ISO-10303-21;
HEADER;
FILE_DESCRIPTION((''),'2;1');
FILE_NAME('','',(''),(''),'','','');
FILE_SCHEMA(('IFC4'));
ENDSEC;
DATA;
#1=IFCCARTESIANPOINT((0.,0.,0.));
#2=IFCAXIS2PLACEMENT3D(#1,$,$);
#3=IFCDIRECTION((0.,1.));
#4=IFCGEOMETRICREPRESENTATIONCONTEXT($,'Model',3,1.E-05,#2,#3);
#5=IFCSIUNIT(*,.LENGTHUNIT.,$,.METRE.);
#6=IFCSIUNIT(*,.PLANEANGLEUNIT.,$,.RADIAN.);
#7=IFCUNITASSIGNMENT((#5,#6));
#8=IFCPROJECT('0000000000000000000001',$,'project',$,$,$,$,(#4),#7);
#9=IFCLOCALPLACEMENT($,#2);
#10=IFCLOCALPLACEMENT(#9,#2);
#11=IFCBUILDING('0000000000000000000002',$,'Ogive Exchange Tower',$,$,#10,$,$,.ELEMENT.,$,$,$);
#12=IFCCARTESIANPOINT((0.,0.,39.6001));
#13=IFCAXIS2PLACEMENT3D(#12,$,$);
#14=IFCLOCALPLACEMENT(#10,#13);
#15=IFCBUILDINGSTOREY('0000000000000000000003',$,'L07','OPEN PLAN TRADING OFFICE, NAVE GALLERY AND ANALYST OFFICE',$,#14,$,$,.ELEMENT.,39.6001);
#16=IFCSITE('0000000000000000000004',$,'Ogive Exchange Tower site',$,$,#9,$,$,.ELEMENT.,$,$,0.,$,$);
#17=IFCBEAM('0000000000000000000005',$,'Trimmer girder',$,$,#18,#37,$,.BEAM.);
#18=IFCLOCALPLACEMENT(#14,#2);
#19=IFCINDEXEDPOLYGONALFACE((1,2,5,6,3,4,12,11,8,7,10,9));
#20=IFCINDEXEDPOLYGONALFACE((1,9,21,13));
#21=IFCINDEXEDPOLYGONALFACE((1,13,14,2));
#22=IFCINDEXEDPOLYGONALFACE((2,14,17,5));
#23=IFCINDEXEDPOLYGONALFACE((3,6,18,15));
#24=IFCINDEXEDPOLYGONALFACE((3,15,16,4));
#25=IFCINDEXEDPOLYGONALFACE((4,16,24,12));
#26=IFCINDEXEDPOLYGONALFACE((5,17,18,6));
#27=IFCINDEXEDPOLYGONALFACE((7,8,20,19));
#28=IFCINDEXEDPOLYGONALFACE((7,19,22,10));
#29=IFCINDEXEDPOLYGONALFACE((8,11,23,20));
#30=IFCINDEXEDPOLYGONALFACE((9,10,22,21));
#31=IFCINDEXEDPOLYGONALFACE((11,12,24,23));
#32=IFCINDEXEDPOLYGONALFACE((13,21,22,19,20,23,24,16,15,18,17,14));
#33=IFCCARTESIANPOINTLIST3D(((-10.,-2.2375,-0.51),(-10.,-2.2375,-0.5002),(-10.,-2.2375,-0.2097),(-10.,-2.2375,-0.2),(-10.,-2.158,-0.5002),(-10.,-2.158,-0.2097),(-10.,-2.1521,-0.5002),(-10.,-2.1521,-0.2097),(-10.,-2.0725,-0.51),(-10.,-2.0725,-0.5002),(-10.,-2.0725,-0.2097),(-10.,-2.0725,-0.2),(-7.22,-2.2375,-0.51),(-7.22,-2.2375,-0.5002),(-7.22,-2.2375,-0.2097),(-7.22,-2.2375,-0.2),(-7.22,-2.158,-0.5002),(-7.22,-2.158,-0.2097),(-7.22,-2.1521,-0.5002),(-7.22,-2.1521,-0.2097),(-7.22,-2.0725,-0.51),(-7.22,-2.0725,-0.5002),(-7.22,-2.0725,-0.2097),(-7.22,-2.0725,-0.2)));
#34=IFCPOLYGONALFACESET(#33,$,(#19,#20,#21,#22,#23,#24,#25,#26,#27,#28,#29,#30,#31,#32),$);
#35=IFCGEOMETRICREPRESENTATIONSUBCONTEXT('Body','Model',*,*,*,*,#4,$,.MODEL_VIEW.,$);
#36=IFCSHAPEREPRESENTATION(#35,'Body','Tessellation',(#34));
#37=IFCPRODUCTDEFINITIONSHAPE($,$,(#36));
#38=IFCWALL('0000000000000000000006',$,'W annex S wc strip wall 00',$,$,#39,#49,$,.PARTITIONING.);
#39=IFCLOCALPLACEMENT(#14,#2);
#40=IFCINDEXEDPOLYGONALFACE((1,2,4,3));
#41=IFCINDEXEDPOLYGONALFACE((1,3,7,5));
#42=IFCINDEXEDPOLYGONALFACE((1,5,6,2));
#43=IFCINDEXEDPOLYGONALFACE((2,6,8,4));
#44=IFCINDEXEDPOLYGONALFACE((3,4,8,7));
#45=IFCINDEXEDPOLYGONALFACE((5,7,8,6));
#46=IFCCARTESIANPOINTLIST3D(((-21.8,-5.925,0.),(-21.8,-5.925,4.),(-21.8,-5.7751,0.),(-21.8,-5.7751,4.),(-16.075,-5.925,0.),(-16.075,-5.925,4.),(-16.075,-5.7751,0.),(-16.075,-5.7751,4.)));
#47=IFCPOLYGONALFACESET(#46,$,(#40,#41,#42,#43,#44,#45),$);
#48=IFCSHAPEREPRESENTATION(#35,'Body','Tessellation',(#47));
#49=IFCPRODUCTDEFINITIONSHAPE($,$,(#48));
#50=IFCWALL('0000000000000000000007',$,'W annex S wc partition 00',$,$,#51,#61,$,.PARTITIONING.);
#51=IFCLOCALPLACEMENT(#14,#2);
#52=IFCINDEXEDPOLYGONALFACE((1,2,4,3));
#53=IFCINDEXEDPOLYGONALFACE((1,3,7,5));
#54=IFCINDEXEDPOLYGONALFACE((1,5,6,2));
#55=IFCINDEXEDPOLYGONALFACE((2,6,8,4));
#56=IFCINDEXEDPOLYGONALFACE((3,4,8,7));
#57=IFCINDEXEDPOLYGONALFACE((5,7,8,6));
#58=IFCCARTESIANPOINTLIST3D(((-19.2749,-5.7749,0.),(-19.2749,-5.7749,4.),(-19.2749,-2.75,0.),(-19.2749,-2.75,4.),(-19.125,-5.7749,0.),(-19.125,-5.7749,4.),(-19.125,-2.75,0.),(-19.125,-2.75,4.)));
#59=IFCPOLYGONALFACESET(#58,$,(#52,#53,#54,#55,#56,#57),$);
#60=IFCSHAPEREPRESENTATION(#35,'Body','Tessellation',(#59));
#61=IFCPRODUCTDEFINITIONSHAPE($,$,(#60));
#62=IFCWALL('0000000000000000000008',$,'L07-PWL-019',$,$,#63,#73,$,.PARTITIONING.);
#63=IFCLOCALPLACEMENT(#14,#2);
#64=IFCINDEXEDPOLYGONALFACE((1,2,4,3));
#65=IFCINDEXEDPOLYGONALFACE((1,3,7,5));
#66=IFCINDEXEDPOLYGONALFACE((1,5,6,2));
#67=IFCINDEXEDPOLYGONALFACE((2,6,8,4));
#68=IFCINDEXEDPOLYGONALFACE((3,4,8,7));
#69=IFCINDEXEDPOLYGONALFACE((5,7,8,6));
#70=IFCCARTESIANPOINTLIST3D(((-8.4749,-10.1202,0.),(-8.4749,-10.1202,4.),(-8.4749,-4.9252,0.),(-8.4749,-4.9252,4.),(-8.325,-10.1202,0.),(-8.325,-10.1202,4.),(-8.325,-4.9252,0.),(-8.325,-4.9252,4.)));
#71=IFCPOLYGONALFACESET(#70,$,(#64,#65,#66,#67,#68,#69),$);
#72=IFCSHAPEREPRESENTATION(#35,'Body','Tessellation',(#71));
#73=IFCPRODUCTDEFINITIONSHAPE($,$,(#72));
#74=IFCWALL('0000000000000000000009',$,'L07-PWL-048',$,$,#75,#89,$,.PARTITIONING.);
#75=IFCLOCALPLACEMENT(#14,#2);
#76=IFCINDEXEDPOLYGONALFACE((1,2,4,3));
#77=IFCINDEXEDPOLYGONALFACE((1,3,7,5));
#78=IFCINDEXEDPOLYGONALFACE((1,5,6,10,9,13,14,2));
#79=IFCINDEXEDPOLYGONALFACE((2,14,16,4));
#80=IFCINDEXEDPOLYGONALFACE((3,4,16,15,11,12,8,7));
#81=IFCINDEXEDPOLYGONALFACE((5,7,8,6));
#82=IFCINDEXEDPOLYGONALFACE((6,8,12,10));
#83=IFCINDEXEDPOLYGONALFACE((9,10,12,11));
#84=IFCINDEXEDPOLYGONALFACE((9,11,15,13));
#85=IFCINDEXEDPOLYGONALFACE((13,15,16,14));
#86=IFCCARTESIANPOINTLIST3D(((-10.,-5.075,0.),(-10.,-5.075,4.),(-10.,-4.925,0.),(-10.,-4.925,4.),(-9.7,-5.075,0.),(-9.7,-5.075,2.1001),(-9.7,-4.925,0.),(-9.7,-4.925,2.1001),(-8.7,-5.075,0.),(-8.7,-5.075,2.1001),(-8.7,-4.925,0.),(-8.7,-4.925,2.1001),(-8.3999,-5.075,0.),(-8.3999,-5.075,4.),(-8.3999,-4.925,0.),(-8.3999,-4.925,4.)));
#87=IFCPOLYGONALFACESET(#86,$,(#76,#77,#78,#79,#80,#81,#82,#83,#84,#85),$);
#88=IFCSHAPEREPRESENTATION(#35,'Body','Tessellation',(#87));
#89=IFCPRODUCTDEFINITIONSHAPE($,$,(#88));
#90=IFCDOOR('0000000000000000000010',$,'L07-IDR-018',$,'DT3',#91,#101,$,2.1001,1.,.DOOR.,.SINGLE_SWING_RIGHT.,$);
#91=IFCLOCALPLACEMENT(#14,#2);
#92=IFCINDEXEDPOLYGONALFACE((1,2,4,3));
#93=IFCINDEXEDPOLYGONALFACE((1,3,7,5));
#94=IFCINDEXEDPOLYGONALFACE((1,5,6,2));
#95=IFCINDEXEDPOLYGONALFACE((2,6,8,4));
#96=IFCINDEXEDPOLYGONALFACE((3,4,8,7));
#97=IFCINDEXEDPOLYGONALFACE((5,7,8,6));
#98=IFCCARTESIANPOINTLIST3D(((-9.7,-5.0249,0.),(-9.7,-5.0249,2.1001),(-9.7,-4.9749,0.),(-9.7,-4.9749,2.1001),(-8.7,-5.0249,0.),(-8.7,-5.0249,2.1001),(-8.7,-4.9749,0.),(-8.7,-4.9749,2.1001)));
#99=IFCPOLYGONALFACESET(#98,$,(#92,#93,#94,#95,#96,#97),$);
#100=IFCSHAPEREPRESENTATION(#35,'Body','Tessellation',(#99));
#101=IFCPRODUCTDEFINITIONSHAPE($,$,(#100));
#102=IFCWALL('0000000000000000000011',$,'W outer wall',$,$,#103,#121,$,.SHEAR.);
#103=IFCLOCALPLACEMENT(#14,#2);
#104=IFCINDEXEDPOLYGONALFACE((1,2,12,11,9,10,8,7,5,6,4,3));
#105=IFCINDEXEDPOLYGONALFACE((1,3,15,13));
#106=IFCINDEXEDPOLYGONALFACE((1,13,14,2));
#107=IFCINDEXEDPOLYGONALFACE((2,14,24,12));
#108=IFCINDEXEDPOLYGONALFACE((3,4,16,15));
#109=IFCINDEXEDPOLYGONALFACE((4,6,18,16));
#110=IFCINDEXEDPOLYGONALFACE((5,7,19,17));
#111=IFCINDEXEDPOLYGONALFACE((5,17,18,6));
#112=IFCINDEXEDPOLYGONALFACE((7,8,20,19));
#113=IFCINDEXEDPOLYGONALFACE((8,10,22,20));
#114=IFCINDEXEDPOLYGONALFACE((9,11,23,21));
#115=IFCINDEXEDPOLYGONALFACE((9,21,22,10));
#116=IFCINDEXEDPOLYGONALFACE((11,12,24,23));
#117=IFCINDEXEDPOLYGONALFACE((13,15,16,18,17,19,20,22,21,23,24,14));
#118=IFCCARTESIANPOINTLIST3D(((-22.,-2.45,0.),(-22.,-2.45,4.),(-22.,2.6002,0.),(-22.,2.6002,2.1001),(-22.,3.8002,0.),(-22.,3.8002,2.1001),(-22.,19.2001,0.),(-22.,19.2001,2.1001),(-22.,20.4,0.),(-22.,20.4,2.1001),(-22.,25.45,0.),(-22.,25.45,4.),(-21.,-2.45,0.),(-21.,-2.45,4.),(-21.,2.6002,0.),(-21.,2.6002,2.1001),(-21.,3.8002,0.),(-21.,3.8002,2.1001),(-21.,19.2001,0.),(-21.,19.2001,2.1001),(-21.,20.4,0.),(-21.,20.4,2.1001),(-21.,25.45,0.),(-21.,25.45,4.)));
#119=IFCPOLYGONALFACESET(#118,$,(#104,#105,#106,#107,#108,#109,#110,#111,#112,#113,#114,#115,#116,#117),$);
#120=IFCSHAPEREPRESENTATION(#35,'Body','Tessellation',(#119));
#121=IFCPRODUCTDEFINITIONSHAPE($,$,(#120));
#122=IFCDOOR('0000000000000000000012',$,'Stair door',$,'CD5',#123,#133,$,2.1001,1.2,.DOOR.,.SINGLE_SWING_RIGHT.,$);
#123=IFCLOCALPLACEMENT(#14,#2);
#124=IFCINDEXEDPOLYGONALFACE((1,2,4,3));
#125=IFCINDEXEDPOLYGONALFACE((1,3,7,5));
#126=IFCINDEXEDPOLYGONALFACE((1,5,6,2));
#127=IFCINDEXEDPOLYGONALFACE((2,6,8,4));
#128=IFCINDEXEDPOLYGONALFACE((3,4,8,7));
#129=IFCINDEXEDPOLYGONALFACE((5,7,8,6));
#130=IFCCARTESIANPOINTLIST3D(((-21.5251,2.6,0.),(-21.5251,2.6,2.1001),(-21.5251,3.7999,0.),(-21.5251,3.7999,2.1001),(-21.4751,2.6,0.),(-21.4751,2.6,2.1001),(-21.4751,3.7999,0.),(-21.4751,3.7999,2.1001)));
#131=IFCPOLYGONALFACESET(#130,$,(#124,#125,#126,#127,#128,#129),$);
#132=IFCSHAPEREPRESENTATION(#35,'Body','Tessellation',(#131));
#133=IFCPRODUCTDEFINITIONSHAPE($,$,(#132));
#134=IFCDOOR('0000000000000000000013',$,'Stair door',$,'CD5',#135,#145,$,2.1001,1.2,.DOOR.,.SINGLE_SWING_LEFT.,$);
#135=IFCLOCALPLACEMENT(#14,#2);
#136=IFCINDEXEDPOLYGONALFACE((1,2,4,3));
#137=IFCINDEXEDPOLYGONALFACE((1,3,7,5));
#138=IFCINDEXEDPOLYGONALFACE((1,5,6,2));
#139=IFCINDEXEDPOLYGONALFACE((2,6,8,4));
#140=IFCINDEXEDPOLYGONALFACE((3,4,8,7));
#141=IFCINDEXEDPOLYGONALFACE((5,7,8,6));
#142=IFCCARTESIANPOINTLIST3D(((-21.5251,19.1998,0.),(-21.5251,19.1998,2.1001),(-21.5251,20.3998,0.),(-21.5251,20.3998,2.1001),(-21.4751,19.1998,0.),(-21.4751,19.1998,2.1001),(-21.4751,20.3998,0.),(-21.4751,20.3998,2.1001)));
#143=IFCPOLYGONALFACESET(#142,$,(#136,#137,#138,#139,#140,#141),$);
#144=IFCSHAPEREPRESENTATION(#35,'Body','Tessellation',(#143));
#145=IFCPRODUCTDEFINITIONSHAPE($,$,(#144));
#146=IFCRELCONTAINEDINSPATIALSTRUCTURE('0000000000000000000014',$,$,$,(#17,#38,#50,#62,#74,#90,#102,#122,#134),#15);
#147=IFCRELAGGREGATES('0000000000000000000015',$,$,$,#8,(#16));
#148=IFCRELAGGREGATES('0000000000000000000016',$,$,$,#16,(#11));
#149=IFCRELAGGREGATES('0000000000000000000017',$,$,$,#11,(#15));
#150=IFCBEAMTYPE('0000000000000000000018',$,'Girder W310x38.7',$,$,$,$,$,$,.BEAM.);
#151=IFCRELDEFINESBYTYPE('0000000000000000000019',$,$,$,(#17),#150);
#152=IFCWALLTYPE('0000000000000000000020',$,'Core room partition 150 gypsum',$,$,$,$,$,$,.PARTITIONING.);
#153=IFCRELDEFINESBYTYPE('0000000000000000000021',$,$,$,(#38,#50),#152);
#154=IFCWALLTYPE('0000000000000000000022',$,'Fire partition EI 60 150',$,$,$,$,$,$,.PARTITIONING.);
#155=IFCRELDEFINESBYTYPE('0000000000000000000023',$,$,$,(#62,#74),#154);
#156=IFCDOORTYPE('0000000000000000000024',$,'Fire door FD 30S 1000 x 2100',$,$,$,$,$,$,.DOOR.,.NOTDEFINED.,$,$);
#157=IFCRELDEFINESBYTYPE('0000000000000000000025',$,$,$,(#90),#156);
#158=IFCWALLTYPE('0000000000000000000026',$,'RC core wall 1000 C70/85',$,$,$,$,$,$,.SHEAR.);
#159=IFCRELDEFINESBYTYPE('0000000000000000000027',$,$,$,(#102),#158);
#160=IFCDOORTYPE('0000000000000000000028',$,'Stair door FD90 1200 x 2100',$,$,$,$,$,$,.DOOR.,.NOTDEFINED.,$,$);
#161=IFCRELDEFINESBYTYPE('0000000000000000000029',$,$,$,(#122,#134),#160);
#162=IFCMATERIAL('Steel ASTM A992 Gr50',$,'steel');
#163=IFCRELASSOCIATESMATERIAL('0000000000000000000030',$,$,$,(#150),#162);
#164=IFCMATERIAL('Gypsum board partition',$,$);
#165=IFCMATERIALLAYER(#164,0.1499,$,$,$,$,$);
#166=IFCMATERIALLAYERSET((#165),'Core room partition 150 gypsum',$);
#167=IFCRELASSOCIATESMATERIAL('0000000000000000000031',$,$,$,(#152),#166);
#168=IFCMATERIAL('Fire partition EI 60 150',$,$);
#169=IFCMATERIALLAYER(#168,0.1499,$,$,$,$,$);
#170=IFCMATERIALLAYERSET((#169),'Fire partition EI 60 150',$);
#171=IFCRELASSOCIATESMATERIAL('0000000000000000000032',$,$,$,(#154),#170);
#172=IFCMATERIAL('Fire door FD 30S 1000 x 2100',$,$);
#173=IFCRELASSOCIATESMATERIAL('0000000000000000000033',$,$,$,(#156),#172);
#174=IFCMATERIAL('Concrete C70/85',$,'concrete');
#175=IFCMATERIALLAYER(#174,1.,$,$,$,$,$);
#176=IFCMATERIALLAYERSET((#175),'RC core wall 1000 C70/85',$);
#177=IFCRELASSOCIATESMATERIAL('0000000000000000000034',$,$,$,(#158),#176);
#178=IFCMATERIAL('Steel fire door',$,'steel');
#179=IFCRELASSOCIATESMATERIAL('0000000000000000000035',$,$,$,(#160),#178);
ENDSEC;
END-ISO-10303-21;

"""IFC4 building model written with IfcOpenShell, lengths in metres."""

from ifc_helpers import new_model, si_unit, direction, frame, frame_2d, origin, origin_2d, place, context, subcontext, project, spatial, rectangle, i_section, extrude, material, layer, layer_set, material_profile, profile_set, type_object, element, fill, save


model = new_model("IFC4")

# Units and contexts
model_context = context("Model", 3, precision=1e-05, world=origin(), true_north=direction((0.0, 1.0)))
body_context = subcontext(model_context, "Body", "Model", "MODEL_VIEW")
ifc_project = project(units=[si_unit("LENGTHUNIT", "METRE"), si_unit("PLANEANGLEUNIT", "RADIAN")], contexts=[model_context])

# Site, building, storey
site_placement = place(None, origin())
site = spatial("IfcSite", under=ifc_project, at=site_placement, Name="Ogive Exchange Tower site", CompositionType="ELEMENT", RefElevation=0.0)
building_placement = place(site_placement, origin())
building = spatial("IfcBuilding", under=site, at=building_placement, Name="Ogive Exchange Tower", CompositionType="ELEMENT")
storey_placement = place(building_placement, frame((0.0, 0.0, 39.6001)))
storey = spatial("IfcBuildingStorey", under=building, at=storey_placement, Name="L07", Description="OPEN PLAN TRADING OFFICE, NAVE GALLERY AND ANALYST OFFICE", CompositionType="ELEMENT", Elevation=39.6001)

# Beam
ifc_material_1 = material(Name="Steel ASTM A992 Gr50", Category="steel")
ifc_material_profile = material_profile(ifc_material_1, i_section(OverallWidth=0.165, OverallDepth=0.3101, WebThickness=0.0059, FlangeThickness=0.0098, at=origin_2d()), Name="W310x38.7")
ifc_profile_set = profile_set([ifc_material_profile], Name="Steel ASTM A992 Gr50")
beam_type = type_object("IfcBeamType", Name="Girder W310x38.7", PredefinedType="BEAM", material=ifc_profile_set)
beam_placement = place(storey_placement, frame((-10.0, -2.155, -0.355), z_axis=(1.0, 0.0, 0.0), x_axis=(0.0, 1.0, 0.0)))
element("IfcBeam", 1, at=beam_placement, inside=storey, type_object=beam_type, Name="Trimmer girder", PredefinedType="BEAM", context=body_context, shape_type="SweptSolid", body=[
    extrude(i_section(OverallWidth=0.165, OverallDepth=0.3101, WebThickness=0.0059, FlangeThickness=0.0098, at=origin_2d()), origin(), (0.0, 0.0, 1.0), 2.78),
])

# Walls
ifc_material_2 = material(Name="Gypsum board partition")
ifc_layer_1 = layer(ifc_material_2, 0.1499)
ifc_layer_set_1 = layer_set([ifc_layer_1], Name="Core room partition 150 gypsum")
wall_type_1 = type_object("IfcWallType", Name="Core room partition 150 gypsum", PredefinedType="PARTITIONING", material=ifc_layer_set_1)
wall_1_placement = place(storey_placement, frame((-21.8, -5.8501, 0.0), z_axis=(0.0, 0.0, 1.0), x_axis=(1.0, 0.0, 0.0)))
element("IfcWall", 2, at=wall_1_placement, inside=storey, type_object=wall_type_1, Name="W annex S wc strip wall 00", PredefinedType="PARTITIONING", context=body_context, shape_type="SweptSolid", body=[
    extrude(rectangle(XDim=5.7251, YDim=0.1499, at=frame_2d((2.8625, 0.0))), origin(), (0.0, 0.0, 1.0), 4.0),
])
wall_2_placement = place(storey_placement, frame((-19.2, -5.7749, 0.0), z_axis=(0.0, 0.0, 1.0), x_axis=(0.0, 1.0, 0.0)))
element("IfcWall", 3, at=wall_2_placement, inside=storey, type_object=wall_type_1, Name="W annex S wc partition 00", PredefinedType="PARTITIONING", context=body_context, shape_type="SweptSolid", body=[
    extrude(rectangle(XDim=3.0249, YDim=0.1499, at=frame_2d((1.5125, 0.0))), origin(), (0.0, 0.0, 1.0), 4.0),
])
ifc_material_3 = material(Name="Fire partition EI 60 150")
ifc_layer_2 = layer(ifc_material_3, 0.1499)
ifc_layer_set_2 = layer_set([ifc_layer_2], Name="Fire partition EI 60 150")
wall_type_2 = type_object("IfcWallType", Name="Fire partition EI 60 150", PredefinedType="PARTITIONING", material=ifc_layer_set_2)
wall_3_placement = place(storey_placement, frame((-8.3999, -4.925, 0.0), z_axis=(0.0, 0.0, 1.0), x_axis=(0.0, -1.0, 0.0)))
element("IfcWall", 4, at=wall_3_placement, inside=storey, type_object=wall_type_2, Name="L07-PWL-019", PredefinedType="PARTITIONING", context=body_context, shape_type="SweptSolid", body=[
    extrude(rectangle(XDim=5.1951, YDim=0.1499, at=frame_2d((2.5977, 0.0))), origin(), (0.0, 0.0, 1.0), 4.0),
])

# Wall, opening, door
wall_4_placement = place(storey_placement, frame((-8.3999, -5.0, 0.0), z_axis=(0.0, 0.0, 1.0), x_axis=(-1.0, 0.0, 0.0)))
wall_4 = element("IfcWall", 5, at=wall_4_placement, inside=storey, type_object=wall_type_2, Name="L07-PWL-048", PredefinedType="PARTITIONING", context=body_context, shape_type="SweptSolid", body=[
    extrude(rectangle(XDim=1.6001, YDim=0.1499, at=frame_2d((0.8, 0.0))), origin(), (0.0, 0.0, 1.0), 4.0),
])
opening_1_placement = place(wall_4_placement, frame((0.3, 0.0, 0.0)))
opening_1 = element("IfcOpeningElement", 6, at=opening_1_placement, cuts=wall_4, PredefinedType="OPENING", context=body_context, shape_type="SweptSolid", body=[
    extrude(rectangle(XDim=1.0, YDim=2.1001, at=frame_2d((0.5, 1.05))), frame((0.0, 0.085, 0.0), z_axis=(0.0, -1.0, 0.0), x_axis=(1.0, 0.0, 0.0)), (0.0, 0.0, 1.0), 0.1699),
])
ifc_material_4 = material(Name="Fire door FD 30S 1000 x 2100")
door_type_1 = type_object("IfcDoorType", Name="Fire door FD 30S 1000 x 2100", OperationType="NOTDEFINED", PredefinedType="DOOR", material=ifc_material_4)
door_1_placement = place(opening_1_placement, origin())
door_1 = element("IfcDoor", 7, at=door_1_placement, inside=storey, type_object=door_type_1, Name="L07-IDR-018", ObjectType="DT3", OperationType="SINGLE_SWING_RIGHT", OverallHeight=2.1001, OverallWidth=1.0, PredefinedType="DOOR", context=body_context, shape_type="SweptSolid", body=[
    extrude(rectangle(XDim=1.0, YDim=2.1001, at=frame_2d((0.5, 1.05))), frame((0.0, 0.0249, 0.0), z_axis=(0.0, -1.0, 0.0), x_axis=(1.0, 0.0, 0.0)), (0.0, 0.0, 1.0), 0.05),
])
fill(opening_1, door_1)

# Wall, openings, doors
ifc_material_5 = material(Name="Concrete C70/85", Category="concrete")
ifc_layer_3 = layer(ifc_material_5, 1.0)
ifc_layer_set_3 = layer_set([ifc_layer_3], Name="RC core wall 1000 C70/85")
wall_type_3 = type_object("IfcWallType", Name="RC core wall 1000 C70/85", PredefinedType="SHEAR", material=ifc_layer_set_3)
wall_5_placement = place(storey_placement, frame((-21.5, -2.45, 0.0), z_axis=(0.0, 0.0, 1.0), x_axis=(0.0, 1.0, 0.0)))
wall_5 = element("IfcWall", 8, at=wall_5_placement, inside=storey, type_object=wall_type_3, Name="W outer wall", PredefinedType="SHEAR", context=body_context, shape_type="SweptSolid", body=[
    extrude(rectangle(XDim=27.8999, YDim=1.0, at=frame_2d((13.95, 0.0))), origin(), (0.0, 0.0, 1.0), 4.0),
])
opening_2_placement = place(wall_5_placement, frame((5.05, 0.0, 0.0)))
opening_2 = element("IfcOpeningElement", 9, at=opening_2_placement, cuts=wall_5, PredefinedType="OPENING", context=body_context, shape_type="SweptSolid", body=[
    extrude(rectangle(XDim=1.2, YDim=2.1001, at=frame_2d((0.6001, 1.05))), frame((0.0, 0.51, 0.0), z_axis=(0.0, -1.0, 0.0), x_axis=(1.0, 0.0, 0.0)), (0.0, 0.0, 1.0), 1.02),
])
opening_3_placement = place(wall_5_placement, frame((21.6499, 0.0, 0.0)))
opening_3 = element("IfcOpeningElement", 10, at=opening_3_placement, cuts=wall_5, PredefinedType="OPENING", context=body_context, shape_type="SweptSolid", body=[
    extrude(rectangle(XDim=1.2, YDim=2.1001, at=frame_2d((0.6001, 1.05))), frame((0.0, 0.51, 0.0), z_axis=(0.0, -1.0, 0.0), x_axis=(1.0, 0.0, 0.0)), (0.0, 0.0, 1.0), 1.02),
])
ifc_material_6 = material(Name="Steel fire door", Category="steel")
door_type_2 = type_object("IfcDoorType", Name="Stair door FD90 1200 x 2100", OperationType="NOTDEFINED", PredefinedType="DOOR", material=ifc_material_6)
door_2_placement = place(opening_2_placement, frame((1.2, 0.0, 0.0), z_axis=(0.0, 0.0, 1.0), x_axis=(-1.0, 0.0, 0.0)))
door_2 = element("IfcDoor", 11, at=door_2_placement, inside=storey, type_object=door_type_2, Name="Stair door", ObjectType="CD5", OperationType="SINGLE_SWING_RIGHT", OverallHeight=2.1001, OverallWidth=1.2, PredefinedType="DOOR", context=body_context, shape_type="SweptSolid", body=[
    extrude(rectangle(XDim=1.2, YDim=2.1001, at=frame_2d((0.6001, 1.05))), frame((0.0, 0.0249, 0.0), z_axis=(0.0, -1.0, 0.0), x_axis=(1.0, 0.0, 0.0)), (0.0, 0.0, 1.0), 0.05),
])
fill(opening_2, door_2)
door_3_placement = place(opening_3_placement, frame((1.2, 0.0, 0.0), z_axis=(0.0, 0.0, 1.0), x_axis=(-1.0, 0.0, 0.0)))
door_3 = element("IfcDoor", 12, at=door_3_placement, inside=storey, type_object=door_type_2, Name="Stair door", ObjectType="CD5", OperationType="SINGLE_SWING_LEFT", OverallHeight=2.1001, OverallWidth=1.2, PredefinedType="DOOR", context=body_context, shape_type="SweptSolid", body=[
    extrude(rectangle(XDim=1.2, YDim=2.1001, at=frame_2d((0.6001, 1.05))), frame((0.0, 0.0249, 0.0), z_axis=(0.0, -1.0, 0.0), x_axis=(1.0, 0.0, 0.0)), (0.0, 0.0, 1.0), 0.05),
])
fill(opening_3, door_3)

save(model, "model.ifc")
